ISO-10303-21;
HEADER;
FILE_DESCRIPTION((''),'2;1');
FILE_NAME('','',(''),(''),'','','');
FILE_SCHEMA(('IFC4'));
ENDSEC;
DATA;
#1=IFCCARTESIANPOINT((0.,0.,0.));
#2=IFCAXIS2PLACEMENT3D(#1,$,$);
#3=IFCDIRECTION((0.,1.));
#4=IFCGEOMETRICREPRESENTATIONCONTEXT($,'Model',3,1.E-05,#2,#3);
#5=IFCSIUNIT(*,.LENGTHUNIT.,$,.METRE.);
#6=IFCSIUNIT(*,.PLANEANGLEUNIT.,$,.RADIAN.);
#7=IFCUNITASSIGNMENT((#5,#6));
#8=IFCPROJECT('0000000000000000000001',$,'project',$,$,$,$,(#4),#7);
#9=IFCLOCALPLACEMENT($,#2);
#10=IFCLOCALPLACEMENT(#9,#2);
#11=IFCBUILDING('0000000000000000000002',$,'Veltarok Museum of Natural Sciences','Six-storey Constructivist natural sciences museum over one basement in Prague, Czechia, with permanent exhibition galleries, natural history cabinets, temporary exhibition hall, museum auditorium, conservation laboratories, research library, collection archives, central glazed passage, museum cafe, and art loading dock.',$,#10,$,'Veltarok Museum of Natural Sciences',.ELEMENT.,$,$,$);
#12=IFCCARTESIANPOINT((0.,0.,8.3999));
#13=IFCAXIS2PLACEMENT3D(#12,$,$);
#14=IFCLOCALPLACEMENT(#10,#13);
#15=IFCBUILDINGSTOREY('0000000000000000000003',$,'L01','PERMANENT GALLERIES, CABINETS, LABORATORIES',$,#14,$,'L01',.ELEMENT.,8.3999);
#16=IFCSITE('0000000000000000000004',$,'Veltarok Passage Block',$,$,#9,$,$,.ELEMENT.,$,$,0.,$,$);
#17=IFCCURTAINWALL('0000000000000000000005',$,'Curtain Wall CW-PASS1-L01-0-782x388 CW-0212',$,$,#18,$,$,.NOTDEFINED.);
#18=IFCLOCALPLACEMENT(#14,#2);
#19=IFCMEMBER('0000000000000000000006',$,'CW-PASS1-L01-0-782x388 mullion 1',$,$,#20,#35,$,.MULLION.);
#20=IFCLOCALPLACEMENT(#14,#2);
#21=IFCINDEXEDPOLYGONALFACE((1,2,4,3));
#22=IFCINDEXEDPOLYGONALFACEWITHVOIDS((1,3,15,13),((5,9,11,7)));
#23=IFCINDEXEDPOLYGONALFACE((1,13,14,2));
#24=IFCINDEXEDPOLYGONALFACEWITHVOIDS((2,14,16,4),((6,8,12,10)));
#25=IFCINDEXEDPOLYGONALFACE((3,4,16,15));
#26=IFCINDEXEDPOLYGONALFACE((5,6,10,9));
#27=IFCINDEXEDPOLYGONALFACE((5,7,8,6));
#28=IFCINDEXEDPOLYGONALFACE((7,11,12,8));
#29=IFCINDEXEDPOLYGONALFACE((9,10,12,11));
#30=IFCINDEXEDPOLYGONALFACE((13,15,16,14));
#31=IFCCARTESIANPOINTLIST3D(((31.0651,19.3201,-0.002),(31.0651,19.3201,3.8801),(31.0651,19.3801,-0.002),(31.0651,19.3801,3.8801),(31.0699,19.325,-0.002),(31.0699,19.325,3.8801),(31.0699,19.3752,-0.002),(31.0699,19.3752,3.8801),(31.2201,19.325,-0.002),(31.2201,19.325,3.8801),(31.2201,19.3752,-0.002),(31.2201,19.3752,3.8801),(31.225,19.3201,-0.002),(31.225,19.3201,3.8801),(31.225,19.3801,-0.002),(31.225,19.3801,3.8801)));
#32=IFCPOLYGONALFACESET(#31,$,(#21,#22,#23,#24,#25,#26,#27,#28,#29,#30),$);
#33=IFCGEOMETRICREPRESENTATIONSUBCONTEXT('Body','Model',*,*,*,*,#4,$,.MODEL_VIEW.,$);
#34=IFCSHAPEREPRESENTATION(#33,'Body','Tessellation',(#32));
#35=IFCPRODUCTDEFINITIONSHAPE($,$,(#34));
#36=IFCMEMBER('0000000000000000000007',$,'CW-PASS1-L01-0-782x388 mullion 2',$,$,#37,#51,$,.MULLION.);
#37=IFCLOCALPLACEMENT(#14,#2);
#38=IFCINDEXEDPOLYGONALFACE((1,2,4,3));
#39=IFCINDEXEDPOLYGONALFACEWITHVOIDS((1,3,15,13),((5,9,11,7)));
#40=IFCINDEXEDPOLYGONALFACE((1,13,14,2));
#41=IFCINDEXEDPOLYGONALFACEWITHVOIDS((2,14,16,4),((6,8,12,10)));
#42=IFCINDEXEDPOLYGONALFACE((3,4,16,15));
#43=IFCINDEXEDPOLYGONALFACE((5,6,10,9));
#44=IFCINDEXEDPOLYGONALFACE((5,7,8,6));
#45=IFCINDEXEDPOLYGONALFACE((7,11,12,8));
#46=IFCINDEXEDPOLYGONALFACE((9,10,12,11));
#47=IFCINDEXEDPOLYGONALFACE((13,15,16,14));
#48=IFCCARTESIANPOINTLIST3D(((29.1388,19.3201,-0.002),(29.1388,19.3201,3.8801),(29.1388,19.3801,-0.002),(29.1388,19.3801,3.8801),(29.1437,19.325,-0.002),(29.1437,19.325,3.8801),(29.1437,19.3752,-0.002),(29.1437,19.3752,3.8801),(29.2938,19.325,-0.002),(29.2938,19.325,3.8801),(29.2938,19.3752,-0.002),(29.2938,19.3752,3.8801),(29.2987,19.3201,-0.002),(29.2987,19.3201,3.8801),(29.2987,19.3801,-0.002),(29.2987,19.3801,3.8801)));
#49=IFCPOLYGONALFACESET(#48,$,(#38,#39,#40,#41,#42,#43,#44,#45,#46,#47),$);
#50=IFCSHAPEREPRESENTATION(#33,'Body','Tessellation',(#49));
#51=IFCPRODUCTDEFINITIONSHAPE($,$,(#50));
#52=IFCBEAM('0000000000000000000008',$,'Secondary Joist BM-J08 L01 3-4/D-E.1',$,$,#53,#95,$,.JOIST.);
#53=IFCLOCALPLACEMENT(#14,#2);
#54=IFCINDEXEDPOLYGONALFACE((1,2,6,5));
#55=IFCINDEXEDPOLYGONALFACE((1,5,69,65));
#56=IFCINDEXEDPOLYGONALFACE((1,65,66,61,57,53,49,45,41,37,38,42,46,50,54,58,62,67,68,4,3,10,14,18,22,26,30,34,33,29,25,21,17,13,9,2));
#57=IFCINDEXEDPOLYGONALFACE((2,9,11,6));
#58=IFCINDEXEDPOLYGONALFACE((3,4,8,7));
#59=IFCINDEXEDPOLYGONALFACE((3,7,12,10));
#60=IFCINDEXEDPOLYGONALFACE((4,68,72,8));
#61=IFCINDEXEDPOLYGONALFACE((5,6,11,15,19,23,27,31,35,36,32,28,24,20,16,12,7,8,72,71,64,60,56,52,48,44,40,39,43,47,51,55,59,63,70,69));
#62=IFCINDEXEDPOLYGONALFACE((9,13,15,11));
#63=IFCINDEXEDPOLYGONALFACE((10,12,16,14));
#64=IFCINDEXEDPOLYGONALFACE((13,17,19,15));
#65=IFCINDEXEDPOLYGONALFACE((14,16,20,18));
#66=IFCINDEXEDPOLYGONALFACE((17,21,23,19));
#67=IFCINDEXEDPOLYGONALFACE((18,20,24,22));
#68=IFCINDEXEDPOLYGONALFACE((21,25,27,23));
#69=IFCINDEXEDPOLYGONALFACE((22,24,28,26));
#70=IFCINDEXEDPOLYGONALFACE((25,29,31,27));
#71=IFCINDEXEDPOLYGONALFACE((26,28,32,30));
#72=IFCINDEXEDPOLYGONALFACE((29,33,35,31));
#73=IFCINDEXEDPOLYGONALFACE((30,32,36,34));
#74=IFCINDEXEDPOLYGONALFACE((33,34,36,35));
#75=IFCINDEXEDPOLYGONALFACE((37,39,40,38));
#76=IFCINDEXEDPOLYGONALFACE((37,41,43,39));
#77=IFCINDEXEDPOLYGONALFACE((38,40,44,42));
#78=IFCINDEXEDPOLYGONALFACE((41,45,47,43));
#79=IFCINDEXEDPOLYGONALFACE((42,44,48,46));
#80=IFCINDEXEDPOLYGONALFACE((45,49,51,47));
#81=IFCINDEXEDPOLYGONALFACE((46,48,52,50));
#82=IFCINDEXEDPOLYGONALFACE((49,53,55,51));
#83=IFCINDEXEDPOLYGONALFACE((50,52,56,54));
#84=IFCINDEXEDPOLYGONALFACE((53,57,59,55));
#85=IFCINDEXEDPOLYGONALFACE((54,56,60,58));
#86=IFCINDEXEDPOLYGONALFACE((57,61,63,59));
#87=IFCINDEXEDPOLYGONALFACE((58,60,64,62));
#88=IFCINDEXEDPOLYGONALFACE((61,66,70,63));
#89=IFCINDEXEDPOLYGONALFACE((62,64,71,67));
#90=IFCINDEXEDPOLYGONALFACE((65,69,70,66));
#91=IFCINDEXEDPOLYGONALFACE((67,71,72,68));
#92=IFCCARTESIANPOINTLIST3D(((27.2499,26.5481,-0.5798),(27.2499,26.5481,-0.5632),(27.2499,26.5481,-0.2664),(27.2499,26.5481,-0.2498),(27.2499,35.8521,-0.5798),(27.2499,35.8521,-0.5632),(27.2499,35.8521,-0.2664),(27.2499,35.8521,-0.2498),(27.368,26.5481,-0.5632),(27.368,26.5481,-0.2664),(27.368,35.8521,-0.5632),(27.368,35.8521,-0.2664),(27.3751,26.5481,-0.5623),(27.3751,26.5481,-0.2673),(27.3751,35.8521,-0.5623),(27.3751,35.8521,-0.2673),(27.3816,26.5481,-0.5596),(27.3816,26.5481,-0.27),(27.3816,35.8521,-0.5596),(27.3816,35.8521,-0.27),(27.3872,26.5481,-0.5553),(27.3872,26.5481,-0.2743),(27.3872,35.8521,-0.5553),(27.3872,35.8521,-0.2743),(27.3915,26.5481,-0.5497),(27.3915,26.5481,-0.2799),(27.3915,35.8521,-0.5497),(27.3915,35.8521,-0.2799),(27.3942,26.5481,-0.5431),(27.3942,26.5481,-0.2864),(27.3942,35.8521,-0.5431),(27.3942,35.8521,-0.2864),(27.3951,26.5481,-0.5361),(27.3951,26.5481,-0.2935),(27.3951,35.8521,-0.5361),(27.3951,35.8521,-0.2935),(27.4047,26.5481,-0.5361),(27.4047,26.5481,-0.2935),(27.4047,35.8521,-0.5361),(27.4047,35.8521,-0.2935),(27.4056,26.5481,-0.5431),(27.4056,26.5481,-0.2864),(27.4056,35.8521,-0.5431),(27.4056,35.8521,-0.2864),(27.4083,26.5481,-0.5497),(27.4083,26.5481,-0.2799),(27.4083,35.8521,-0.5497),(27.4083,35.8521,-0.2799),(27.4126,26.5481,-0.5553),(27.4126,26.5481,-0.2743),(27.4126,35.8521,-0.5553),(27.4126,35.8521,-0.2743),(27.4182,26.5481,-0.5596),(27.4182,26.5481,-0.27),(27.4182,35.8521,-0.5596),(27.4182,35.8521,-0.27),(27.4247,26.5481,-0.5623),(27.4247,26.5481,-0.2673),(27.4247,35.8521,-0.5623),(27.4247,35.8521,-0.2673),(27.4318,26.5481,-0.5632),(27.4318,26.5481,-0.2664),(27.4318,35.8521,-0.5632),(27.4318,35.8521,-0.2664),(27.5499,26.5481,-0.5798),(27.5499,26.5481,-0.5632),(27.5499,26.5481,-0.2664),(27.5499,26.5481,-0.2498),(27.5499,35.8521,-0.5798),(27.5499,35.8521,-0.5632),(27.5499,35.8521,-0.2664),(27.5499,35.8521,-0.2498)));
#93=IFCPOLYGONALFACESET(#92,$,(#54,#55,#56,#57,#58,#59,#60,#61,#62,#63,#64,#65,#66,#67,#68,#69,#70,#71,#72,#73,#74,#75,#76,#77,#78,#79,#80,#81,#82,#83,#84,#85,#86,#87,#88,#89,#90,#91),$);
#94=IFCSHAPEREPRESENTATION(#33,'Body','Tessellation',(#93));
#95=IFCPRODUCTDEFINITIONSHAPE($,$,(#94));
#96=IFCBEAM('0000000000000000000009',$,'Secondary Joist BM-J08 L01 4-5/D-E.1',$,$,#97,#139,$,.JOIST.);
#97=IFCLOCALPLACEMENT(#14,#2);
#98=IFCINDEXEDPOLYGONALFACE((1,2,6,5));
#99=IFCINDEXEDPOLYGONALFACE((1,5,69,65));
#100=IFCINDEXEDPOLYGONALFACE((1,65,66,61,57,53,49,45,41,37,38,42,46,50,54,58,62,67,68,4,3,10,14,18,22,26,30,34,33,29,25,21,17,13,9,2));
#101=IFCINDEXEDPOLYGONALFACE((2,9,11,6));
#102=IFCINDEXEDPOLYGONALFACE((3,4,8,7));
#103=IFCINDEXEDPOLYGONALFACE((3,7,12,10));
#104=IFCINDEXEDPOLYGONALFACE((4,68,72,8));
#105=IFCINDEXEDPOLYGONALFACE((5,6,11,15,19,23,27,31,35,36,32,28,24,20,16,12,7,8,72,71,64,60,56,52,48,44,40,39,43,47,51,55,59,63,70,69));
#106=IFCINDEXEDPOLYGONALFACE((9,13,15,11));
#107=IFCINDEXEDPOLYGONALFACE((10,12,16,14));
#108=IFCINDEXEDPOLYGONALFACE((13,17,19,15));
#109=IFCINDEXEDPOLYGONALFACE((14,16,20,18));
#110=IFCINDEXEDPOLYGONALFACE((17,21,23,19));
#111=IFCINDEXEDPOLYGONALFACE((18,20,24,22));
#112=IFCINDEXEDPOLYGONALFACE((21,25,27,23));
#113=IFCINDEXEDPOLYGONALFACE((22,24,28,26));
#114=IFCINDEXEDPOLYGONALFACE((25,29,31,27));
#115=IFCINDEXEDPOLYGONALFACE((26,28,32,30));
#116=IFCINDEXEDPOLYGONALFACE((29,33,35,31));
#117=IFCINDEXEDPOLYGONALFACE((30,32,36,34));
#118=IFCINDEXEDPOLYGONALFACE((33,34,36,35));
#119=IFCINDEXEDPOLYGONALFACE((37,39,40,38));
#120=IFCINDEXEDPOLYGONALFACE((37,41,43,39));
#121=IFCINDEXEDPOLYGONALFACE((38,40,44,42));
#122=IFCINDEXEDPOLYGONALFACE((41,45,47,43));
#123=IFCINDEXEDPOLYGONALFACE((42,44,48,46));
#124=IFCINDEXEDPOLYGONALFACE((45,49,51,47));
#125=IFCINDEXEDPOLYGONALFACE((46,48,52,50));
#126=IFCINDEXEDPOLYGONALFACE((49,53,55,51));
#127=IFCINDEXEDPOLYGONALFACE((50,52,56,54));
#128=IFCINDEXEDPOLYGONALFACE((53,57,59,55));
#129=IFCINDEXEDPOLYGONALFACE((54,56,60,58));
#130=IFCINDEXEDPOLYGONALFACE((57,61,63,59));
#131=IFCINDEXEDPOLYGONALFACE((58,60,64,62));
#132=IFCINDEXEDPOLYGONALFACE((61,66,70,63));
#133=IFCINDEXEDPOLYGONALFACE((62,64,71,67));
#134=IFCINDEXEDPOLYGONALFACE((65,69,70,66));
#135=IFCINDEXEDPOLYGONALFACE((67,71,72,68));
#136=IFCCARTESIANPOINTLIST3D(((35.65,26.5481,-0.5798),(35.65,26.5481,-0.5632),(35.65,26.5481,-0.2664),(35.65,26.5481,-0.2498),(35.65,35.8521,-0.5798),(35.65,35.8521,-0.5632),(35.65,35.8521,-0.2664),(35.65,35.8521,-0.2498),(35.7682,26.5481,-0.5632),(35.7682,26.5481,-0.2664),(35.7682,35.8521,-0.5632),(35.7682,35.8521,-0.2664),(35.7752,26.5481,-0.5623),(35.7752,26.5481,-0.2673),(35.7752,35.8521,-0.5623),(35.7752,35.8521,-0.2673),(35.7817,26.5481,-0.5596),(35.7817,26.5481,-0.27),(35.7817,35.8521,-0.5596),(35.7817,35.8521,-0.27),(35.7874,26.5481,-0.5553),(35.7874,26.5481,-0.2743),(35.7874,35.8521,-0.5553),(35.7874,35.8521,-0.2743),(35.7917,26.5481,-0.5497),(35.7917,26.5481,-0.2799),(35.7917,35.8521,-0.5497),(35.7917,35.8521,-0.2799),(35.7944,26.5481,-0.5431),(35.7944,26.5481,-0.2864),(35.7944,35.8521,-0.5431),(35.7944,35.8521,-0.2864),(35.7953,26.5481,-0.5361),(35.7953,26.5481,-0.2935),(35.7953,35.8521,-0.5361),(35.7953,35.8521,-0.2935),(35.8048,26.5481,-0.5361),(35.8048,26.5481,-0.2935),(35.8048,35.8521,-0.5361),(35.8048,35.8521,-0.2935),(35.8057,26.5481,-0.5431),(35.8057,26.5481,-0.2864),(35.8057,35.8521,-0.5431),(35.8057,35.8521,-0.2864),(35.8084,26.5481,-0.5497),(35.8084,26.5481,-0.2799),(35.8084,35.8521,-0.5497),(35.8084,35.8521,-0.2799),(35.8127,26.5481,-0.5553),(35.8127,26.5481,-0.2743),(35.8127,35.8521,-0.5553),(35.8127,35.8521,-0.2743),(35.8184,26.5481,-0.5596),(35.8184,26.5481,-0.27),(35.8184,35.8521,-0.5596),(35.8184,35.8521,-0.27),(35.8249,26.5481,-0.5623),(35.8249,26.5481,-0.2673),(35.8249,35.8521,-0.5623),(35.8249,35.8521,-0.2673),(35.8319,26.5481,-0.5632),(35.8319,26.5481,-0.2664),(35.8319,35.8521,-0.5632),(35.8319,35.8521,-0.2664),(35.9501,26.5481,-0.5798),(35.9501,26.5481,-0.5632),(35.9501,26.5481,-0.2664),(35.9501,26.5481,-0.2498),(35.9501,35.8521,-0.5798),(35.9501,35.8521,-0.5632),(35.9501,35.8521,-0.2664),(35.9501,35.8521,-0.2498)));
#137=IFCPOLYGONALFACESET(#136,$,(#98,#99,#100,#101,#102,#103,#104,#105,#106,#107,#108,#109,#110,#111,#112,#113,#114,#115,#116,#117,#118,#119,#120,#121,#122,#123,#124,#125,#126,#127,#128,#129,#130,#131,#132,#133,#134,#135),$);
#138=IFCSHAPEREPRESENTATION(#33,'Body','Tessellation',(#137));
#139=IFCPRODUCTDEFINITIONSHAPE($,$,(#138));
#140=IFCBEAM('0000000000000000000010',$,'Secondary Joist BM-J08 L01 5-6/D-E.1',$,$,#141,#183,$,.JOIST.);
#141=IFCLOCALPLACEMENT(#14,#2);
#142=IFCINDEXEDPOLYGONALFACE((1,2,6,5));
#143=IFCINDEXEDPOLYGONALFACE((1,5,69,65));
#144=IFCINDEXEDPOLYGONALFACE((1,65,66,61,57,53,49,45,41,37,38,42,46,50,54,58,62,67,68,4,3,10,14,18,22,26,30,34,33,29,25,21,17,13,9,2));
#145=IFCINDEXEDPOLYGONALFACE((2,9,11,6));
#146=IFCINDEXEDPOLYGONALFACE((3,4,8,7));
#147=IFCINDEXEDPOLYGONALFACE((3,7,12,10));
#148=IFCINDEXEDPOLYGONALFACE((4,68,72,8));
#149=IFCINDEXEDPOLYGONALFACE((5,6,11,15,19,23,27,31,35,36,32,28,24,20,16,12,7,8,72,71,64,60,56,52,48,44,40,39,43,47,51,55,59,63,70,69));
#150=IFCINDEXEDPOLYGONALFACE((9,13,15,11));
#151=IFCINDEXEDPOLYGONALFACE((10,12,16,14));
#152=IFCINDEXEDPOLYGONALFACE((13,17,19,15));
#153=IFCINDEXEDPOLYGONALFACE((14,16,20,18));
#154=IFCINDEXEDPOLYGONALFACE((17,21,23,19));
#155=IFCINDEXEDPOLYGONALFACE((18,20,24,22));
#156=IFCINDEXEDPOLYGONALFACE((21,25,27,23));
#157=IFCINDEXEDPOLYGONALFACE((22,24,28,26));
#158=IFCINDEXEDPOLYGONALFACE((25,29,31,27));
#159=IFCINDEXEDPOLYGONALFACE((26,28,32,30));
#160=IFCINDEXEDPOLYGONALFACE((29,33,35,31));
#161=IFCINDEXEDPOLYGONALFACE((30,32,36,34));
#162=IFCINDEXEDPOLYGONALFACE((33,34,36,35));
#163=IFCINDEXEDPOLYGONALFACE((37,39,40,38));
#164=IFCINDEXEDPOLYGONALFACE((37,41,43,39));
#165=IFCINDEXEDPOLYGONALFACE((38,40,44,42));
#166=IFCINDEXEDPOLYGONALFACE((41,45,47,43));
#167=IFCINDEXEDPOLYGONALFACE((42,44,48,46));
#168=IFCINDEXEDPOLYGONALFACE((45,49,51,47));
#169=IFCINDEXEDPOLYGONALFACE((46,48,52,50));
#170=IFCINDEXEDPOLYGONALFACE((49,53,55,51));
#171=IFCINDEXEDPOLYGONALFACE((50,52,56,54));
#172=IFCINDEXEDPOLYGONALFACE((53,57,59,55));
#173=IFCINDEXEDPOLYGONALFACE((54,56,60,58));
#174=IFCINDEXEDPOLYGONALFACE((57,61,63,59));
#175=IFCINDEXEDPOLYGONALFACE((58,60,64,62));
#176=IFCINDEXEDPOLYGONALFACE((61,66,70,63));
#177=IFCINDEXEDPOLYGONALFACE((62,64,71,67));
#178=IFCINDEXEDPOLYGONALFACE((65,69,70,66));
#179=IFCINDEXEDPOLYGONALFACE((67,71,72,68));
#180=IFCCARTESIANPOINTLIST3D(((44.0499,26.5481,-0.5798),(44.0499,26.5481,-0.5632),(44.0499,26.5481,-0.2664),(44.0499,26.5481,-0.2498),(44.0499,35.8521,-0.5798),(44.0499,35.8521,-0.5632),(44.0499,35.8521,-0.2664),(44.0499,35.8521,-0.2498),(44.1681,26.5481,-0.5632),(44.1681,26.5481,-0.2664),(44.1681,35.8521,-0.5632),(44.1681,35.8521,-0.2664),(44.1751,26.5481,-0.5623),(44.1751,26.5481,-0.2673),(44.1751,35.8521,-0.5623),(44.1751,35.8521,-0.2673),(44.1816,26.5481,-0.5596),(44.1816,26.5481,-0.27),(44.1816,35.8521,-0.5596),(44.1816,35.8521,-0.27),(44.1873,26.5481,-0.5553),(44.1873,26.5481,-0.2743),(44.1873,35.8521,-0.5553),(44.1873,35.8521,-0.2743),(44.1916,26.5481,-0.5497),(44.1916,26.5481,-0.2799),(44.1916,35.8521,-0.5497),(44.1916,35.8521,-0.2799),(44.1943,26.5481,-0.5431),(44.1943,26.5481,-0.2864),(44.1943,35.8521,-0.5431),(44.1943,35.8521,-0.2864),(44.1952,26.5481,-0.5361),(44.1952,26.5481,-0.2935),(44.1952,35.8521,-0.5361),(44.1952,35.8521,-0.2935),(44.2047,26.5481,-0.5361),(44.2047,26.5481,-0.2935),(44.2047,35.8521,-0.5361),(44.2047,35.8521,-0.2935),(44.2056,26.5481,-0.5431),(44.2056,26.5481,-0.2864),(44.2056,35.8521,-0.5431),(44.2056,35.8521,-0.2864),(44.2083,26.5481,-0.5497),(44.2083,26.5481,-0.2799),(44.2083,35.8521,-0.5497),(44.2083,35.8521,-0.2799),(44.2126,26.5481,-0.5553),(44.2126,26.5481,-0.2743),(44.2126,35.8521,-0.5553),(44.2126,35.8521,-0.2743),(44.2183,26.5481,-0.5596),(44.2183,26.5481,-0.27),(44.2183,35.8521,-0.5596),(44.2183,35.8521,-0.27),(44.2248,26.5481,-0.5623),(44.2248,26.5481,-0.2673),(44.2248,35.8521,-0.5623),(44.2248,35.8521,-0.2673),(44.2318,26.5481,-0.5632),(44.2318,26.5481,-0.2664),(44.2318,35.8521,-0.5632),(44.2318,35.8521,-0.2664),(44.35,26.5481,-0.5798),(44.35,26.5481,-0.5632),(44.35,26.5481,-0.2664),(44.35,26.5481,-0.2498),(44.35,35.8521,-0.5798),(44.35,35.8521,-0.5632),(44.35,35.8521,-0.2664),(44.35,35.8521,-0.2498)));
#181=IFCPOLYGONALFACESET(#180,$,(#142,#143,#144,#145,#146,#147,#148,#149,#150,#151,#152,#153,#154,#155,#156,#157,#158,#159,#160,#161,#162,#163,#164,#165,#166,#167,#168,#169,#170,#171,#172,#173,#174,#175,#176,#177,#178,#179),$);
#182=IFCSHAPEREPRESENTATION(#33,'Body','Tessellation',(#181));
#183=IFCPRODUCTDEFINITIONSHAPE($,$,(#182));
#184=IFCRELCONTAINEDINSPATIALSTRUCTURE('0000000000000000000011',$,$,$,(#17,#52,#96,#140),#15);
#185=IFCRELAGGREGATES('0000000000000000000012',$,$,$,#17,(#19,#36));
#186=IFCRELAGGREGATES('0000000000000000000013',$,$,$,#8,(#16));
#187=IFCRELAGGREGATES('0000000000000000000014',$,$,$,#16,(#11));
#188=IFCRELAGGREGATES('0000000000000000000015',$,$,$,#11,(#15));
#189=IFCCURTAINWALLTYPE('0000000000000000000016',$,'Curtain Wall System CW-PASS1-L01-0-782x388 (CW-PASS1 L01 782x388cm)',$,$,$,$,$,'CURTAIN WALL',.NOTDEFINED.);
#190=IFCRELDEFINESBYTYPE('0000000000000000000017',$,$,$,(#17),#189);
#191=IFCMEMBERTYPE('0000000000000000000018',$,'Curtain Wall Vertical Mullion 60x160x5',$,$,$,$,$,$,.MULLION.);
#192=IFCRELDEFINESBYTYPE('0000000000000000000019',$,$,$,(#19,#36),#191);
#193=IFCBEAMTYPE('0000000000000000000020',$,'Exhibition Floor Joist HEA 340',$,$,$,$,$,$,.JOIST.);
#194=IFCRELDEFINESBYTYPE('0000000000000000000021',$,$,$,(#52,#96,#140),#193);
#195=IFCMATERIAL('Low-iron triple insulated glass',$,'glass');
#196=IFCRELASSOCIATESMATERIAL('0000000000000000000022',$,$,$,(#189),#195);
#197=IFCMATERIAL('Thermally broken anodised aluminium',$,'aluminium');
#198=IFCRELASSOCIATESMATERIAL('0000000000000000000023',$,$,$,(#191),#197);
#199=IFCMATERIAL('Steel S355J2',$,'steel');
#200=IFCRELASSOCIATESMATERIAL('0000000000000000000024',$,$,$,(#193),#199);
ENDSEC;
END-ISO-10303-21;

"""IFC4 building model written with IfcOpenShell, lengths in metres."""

from ifc_helpers import new_model, si_unit, direction, frame, origin, origin_2d, place, context, subcontext, project, spatial, hollow_rectangle, i_section, extrude, material, material_profile, profile_set, type_object, element, aggregate, save


model = new_model("IFC4")

# Units and contexts
model_context = context("Model", 3, precision=1e-05, world=origin(), true_north=direction((0.0, 1.0)))
body_context = subcontext(model_context, "Body", "Model", "MODEL_VIEW")
ifc_project = project(units=[si_unit("LENGTHUNIT", "METRE"), si_unit("PLANEANGLEUNIT", "RADIAN")], contexts=[model_context])

# Site, building, storey
site_placement = place(None, origin())
site = spatial("IfcSite", under=ifc_project, at=site_placement, Name="Veltarok Passage Block", CompositionType="ELEMENT", RefElevation=0.0)
building_placement = place(site_placement, origin())
building = spatial("IfcBuilding", under=site, at=building_placement, Name="Veltarok Museum of Natural Sciences", Description="Six-storey Constructivist natural sciences museum over one basement in Prague, Czechia, with permanent exhibition galleries, natural history cabinets, temporary exhibition hall, museum auditorium, conservation laboratories, research library, collection archives, central glazed passage, museum cafe, and art loading dock.", LongName="Veltarok Museum of Natural Sciences", CompositionType="ELEMENT")
storey_placement = place(building_placement, frame((0.0, 0.0, 8.3999)))
storey = spatial("IfcBuildingStorey", under=building, at=storey_placement, Name="L01", Description="PERMANENT GALLERIES, CABINETS, LABORATORIES", LongName="L01", CompositionType="ELEMENT", Elevation=8.3999)

# Shared definitions
ifc_material_1 = material(Name="Steel S355J2", Category="steel")

# Curtain wall, members
ifc_material_2 = material(Name="Low-iron triple insulated glass", Category="glass")
curtain_wall_type = type_object("IfcCurtainWallType", Name="Curtain Wall System CW-PASS1-L01-0-782x388 (CW-PASS1 L01 782x388cm)", ElementType="CURTAIN WALL", PredefinedType="NOTDEFINED", material=ifc_material_2)
curtain_wall_placement = place(storey_placement, origin())
curtain_wall = element("IfcCurtainWall", 1, at=curtain_wall_placement, inside=storey, type_object=curtain_wall_type, Name="Curtain Wall CW-PASS1-L01-0-782x388 CW-0212", PredefinedType="NOTDEFINED")
ifc_material_3 = material(Name="Thermally broken anodised aluminium", Category="aluminium")
ifc_material_profile_1 = material_profile(ifc_material_3, hollow_rectangle(XDim=0.0601, YDim=0.1599, WallThickness=0.0049, at=origin_2d()), Name="CW MULLION 60x160x5")
ifc_profile_set_1 = profile_set([ifc_material_profile_1], Name="Thermally broken anodised aluminium")
member_type_1 = type_object("IfcMemberType", Name="Curtain Wall Vertical Mullion 60x160x5", PredefinedType="MULLION", material=ifc_profile_set_1)
member_1_placement = place(storey_placement, frame((31.145, 19.3501, -0.002), z_axis=(0.0, 0.0, 1.0), x_axis=(0.0, -1.0, 0.0)))
member_1 = element("IfcMember", 2, at=member_1_placement, type_object=member_type_1, Name="CW-PASS1-L01-0-782x388 mullion 1", PredefinedType="MULLION", context=body_context, shape_type="SweptSolid", body=[
    extrude(hollow_rectangle(XDim=0.0601, YDim=0.1599, WallThickness=0.0049, at=origin_2d()), origin(), (0.0, 0.0, 1.0), 3.8821),
])
member_2_placement = place(storey_placement, frame((29.2188, 19.3501, -0.002), z_axis=(0.0, 0.0, 1.0), x_axis=(0.0, -1.0, 0.0)))
member_2 = element("IfcMember", 3, at=member_2_placement, type_object=member_type_1, Name="CW-PASS1-L01-0-782x388 mullion 2", PredefinedType="MULLION", context=body_context, shape_type="SweptSolid", body=[
    extrude(hollow_rectangle(XDim=0.0601, YDim=0.1599, WallThickness=0.0049, at=origin_2d()), origin(), (0.0, 0.0, 1.0), 3.8821),
])

# Beams
ifc_material_profile_2 = material_profile(ifc_material_1, i_section(OverallWidth=0.3, OverallDepth=0.3301, WebThickness=0.0095, FlangeThickness=0.0166, FilletRadius=0.0271, at=origin_2d()), Name="HEA 340")
ifc_profile_set_2 = profile_set([ifc_material_profile_2], Name="Steel S355J2")
beam_type_1 = type_object("IfcBeamType", Name="Exhibition Floor Joist HEA 340", PredefinedType="JOIST", material=ifc_profile_set_2)
for number, where, z_axis, x_axis, name in (
    (4, (27.3999, 26.5481, -0.4148), (0.0, 1.0, 0.0), (-1.0, 0.0, 0.0), "Secondary Joist BM-J08 L01 3-4/D-E.1"),
    (5, (35.8, 26.5481, -0.4148), (0.0, 1.0, 0.0), (-1.0, 0.0, 0.0), "Secondary Joist BM-J08 L01 4-5/D-E.1"),
    (6, (44.2, 26.5481, -0.4148), (0.0, 1.0, 0.0), (-1.0, 0.0, 0.0), "Secondary Joist BM-J08 L01 5-6/D-E.1"),
):
    element("IfcBeam", number, at=place(storey_placement, frame(where, z_axis=z_axis, x_axis=x_axis)), inside=storey, type_object=beam_type_1, Name=name, PredefinedType="JOIST", context=body_context, shape_type="SweptSolid", body=[
        extrude(i_section(OverallWidth=0.3, OverallDepth=0.3301, WebThickness=0.0095, FlangeThickness=0.0166, FilletRadius=0.0271, at=origin_2d()), origin(), (0.0, 0.0, 1.0), 9.304),
    ])

aggregate(curtain_wall, [member_1, member_2])

save(model, "model.ifc")
